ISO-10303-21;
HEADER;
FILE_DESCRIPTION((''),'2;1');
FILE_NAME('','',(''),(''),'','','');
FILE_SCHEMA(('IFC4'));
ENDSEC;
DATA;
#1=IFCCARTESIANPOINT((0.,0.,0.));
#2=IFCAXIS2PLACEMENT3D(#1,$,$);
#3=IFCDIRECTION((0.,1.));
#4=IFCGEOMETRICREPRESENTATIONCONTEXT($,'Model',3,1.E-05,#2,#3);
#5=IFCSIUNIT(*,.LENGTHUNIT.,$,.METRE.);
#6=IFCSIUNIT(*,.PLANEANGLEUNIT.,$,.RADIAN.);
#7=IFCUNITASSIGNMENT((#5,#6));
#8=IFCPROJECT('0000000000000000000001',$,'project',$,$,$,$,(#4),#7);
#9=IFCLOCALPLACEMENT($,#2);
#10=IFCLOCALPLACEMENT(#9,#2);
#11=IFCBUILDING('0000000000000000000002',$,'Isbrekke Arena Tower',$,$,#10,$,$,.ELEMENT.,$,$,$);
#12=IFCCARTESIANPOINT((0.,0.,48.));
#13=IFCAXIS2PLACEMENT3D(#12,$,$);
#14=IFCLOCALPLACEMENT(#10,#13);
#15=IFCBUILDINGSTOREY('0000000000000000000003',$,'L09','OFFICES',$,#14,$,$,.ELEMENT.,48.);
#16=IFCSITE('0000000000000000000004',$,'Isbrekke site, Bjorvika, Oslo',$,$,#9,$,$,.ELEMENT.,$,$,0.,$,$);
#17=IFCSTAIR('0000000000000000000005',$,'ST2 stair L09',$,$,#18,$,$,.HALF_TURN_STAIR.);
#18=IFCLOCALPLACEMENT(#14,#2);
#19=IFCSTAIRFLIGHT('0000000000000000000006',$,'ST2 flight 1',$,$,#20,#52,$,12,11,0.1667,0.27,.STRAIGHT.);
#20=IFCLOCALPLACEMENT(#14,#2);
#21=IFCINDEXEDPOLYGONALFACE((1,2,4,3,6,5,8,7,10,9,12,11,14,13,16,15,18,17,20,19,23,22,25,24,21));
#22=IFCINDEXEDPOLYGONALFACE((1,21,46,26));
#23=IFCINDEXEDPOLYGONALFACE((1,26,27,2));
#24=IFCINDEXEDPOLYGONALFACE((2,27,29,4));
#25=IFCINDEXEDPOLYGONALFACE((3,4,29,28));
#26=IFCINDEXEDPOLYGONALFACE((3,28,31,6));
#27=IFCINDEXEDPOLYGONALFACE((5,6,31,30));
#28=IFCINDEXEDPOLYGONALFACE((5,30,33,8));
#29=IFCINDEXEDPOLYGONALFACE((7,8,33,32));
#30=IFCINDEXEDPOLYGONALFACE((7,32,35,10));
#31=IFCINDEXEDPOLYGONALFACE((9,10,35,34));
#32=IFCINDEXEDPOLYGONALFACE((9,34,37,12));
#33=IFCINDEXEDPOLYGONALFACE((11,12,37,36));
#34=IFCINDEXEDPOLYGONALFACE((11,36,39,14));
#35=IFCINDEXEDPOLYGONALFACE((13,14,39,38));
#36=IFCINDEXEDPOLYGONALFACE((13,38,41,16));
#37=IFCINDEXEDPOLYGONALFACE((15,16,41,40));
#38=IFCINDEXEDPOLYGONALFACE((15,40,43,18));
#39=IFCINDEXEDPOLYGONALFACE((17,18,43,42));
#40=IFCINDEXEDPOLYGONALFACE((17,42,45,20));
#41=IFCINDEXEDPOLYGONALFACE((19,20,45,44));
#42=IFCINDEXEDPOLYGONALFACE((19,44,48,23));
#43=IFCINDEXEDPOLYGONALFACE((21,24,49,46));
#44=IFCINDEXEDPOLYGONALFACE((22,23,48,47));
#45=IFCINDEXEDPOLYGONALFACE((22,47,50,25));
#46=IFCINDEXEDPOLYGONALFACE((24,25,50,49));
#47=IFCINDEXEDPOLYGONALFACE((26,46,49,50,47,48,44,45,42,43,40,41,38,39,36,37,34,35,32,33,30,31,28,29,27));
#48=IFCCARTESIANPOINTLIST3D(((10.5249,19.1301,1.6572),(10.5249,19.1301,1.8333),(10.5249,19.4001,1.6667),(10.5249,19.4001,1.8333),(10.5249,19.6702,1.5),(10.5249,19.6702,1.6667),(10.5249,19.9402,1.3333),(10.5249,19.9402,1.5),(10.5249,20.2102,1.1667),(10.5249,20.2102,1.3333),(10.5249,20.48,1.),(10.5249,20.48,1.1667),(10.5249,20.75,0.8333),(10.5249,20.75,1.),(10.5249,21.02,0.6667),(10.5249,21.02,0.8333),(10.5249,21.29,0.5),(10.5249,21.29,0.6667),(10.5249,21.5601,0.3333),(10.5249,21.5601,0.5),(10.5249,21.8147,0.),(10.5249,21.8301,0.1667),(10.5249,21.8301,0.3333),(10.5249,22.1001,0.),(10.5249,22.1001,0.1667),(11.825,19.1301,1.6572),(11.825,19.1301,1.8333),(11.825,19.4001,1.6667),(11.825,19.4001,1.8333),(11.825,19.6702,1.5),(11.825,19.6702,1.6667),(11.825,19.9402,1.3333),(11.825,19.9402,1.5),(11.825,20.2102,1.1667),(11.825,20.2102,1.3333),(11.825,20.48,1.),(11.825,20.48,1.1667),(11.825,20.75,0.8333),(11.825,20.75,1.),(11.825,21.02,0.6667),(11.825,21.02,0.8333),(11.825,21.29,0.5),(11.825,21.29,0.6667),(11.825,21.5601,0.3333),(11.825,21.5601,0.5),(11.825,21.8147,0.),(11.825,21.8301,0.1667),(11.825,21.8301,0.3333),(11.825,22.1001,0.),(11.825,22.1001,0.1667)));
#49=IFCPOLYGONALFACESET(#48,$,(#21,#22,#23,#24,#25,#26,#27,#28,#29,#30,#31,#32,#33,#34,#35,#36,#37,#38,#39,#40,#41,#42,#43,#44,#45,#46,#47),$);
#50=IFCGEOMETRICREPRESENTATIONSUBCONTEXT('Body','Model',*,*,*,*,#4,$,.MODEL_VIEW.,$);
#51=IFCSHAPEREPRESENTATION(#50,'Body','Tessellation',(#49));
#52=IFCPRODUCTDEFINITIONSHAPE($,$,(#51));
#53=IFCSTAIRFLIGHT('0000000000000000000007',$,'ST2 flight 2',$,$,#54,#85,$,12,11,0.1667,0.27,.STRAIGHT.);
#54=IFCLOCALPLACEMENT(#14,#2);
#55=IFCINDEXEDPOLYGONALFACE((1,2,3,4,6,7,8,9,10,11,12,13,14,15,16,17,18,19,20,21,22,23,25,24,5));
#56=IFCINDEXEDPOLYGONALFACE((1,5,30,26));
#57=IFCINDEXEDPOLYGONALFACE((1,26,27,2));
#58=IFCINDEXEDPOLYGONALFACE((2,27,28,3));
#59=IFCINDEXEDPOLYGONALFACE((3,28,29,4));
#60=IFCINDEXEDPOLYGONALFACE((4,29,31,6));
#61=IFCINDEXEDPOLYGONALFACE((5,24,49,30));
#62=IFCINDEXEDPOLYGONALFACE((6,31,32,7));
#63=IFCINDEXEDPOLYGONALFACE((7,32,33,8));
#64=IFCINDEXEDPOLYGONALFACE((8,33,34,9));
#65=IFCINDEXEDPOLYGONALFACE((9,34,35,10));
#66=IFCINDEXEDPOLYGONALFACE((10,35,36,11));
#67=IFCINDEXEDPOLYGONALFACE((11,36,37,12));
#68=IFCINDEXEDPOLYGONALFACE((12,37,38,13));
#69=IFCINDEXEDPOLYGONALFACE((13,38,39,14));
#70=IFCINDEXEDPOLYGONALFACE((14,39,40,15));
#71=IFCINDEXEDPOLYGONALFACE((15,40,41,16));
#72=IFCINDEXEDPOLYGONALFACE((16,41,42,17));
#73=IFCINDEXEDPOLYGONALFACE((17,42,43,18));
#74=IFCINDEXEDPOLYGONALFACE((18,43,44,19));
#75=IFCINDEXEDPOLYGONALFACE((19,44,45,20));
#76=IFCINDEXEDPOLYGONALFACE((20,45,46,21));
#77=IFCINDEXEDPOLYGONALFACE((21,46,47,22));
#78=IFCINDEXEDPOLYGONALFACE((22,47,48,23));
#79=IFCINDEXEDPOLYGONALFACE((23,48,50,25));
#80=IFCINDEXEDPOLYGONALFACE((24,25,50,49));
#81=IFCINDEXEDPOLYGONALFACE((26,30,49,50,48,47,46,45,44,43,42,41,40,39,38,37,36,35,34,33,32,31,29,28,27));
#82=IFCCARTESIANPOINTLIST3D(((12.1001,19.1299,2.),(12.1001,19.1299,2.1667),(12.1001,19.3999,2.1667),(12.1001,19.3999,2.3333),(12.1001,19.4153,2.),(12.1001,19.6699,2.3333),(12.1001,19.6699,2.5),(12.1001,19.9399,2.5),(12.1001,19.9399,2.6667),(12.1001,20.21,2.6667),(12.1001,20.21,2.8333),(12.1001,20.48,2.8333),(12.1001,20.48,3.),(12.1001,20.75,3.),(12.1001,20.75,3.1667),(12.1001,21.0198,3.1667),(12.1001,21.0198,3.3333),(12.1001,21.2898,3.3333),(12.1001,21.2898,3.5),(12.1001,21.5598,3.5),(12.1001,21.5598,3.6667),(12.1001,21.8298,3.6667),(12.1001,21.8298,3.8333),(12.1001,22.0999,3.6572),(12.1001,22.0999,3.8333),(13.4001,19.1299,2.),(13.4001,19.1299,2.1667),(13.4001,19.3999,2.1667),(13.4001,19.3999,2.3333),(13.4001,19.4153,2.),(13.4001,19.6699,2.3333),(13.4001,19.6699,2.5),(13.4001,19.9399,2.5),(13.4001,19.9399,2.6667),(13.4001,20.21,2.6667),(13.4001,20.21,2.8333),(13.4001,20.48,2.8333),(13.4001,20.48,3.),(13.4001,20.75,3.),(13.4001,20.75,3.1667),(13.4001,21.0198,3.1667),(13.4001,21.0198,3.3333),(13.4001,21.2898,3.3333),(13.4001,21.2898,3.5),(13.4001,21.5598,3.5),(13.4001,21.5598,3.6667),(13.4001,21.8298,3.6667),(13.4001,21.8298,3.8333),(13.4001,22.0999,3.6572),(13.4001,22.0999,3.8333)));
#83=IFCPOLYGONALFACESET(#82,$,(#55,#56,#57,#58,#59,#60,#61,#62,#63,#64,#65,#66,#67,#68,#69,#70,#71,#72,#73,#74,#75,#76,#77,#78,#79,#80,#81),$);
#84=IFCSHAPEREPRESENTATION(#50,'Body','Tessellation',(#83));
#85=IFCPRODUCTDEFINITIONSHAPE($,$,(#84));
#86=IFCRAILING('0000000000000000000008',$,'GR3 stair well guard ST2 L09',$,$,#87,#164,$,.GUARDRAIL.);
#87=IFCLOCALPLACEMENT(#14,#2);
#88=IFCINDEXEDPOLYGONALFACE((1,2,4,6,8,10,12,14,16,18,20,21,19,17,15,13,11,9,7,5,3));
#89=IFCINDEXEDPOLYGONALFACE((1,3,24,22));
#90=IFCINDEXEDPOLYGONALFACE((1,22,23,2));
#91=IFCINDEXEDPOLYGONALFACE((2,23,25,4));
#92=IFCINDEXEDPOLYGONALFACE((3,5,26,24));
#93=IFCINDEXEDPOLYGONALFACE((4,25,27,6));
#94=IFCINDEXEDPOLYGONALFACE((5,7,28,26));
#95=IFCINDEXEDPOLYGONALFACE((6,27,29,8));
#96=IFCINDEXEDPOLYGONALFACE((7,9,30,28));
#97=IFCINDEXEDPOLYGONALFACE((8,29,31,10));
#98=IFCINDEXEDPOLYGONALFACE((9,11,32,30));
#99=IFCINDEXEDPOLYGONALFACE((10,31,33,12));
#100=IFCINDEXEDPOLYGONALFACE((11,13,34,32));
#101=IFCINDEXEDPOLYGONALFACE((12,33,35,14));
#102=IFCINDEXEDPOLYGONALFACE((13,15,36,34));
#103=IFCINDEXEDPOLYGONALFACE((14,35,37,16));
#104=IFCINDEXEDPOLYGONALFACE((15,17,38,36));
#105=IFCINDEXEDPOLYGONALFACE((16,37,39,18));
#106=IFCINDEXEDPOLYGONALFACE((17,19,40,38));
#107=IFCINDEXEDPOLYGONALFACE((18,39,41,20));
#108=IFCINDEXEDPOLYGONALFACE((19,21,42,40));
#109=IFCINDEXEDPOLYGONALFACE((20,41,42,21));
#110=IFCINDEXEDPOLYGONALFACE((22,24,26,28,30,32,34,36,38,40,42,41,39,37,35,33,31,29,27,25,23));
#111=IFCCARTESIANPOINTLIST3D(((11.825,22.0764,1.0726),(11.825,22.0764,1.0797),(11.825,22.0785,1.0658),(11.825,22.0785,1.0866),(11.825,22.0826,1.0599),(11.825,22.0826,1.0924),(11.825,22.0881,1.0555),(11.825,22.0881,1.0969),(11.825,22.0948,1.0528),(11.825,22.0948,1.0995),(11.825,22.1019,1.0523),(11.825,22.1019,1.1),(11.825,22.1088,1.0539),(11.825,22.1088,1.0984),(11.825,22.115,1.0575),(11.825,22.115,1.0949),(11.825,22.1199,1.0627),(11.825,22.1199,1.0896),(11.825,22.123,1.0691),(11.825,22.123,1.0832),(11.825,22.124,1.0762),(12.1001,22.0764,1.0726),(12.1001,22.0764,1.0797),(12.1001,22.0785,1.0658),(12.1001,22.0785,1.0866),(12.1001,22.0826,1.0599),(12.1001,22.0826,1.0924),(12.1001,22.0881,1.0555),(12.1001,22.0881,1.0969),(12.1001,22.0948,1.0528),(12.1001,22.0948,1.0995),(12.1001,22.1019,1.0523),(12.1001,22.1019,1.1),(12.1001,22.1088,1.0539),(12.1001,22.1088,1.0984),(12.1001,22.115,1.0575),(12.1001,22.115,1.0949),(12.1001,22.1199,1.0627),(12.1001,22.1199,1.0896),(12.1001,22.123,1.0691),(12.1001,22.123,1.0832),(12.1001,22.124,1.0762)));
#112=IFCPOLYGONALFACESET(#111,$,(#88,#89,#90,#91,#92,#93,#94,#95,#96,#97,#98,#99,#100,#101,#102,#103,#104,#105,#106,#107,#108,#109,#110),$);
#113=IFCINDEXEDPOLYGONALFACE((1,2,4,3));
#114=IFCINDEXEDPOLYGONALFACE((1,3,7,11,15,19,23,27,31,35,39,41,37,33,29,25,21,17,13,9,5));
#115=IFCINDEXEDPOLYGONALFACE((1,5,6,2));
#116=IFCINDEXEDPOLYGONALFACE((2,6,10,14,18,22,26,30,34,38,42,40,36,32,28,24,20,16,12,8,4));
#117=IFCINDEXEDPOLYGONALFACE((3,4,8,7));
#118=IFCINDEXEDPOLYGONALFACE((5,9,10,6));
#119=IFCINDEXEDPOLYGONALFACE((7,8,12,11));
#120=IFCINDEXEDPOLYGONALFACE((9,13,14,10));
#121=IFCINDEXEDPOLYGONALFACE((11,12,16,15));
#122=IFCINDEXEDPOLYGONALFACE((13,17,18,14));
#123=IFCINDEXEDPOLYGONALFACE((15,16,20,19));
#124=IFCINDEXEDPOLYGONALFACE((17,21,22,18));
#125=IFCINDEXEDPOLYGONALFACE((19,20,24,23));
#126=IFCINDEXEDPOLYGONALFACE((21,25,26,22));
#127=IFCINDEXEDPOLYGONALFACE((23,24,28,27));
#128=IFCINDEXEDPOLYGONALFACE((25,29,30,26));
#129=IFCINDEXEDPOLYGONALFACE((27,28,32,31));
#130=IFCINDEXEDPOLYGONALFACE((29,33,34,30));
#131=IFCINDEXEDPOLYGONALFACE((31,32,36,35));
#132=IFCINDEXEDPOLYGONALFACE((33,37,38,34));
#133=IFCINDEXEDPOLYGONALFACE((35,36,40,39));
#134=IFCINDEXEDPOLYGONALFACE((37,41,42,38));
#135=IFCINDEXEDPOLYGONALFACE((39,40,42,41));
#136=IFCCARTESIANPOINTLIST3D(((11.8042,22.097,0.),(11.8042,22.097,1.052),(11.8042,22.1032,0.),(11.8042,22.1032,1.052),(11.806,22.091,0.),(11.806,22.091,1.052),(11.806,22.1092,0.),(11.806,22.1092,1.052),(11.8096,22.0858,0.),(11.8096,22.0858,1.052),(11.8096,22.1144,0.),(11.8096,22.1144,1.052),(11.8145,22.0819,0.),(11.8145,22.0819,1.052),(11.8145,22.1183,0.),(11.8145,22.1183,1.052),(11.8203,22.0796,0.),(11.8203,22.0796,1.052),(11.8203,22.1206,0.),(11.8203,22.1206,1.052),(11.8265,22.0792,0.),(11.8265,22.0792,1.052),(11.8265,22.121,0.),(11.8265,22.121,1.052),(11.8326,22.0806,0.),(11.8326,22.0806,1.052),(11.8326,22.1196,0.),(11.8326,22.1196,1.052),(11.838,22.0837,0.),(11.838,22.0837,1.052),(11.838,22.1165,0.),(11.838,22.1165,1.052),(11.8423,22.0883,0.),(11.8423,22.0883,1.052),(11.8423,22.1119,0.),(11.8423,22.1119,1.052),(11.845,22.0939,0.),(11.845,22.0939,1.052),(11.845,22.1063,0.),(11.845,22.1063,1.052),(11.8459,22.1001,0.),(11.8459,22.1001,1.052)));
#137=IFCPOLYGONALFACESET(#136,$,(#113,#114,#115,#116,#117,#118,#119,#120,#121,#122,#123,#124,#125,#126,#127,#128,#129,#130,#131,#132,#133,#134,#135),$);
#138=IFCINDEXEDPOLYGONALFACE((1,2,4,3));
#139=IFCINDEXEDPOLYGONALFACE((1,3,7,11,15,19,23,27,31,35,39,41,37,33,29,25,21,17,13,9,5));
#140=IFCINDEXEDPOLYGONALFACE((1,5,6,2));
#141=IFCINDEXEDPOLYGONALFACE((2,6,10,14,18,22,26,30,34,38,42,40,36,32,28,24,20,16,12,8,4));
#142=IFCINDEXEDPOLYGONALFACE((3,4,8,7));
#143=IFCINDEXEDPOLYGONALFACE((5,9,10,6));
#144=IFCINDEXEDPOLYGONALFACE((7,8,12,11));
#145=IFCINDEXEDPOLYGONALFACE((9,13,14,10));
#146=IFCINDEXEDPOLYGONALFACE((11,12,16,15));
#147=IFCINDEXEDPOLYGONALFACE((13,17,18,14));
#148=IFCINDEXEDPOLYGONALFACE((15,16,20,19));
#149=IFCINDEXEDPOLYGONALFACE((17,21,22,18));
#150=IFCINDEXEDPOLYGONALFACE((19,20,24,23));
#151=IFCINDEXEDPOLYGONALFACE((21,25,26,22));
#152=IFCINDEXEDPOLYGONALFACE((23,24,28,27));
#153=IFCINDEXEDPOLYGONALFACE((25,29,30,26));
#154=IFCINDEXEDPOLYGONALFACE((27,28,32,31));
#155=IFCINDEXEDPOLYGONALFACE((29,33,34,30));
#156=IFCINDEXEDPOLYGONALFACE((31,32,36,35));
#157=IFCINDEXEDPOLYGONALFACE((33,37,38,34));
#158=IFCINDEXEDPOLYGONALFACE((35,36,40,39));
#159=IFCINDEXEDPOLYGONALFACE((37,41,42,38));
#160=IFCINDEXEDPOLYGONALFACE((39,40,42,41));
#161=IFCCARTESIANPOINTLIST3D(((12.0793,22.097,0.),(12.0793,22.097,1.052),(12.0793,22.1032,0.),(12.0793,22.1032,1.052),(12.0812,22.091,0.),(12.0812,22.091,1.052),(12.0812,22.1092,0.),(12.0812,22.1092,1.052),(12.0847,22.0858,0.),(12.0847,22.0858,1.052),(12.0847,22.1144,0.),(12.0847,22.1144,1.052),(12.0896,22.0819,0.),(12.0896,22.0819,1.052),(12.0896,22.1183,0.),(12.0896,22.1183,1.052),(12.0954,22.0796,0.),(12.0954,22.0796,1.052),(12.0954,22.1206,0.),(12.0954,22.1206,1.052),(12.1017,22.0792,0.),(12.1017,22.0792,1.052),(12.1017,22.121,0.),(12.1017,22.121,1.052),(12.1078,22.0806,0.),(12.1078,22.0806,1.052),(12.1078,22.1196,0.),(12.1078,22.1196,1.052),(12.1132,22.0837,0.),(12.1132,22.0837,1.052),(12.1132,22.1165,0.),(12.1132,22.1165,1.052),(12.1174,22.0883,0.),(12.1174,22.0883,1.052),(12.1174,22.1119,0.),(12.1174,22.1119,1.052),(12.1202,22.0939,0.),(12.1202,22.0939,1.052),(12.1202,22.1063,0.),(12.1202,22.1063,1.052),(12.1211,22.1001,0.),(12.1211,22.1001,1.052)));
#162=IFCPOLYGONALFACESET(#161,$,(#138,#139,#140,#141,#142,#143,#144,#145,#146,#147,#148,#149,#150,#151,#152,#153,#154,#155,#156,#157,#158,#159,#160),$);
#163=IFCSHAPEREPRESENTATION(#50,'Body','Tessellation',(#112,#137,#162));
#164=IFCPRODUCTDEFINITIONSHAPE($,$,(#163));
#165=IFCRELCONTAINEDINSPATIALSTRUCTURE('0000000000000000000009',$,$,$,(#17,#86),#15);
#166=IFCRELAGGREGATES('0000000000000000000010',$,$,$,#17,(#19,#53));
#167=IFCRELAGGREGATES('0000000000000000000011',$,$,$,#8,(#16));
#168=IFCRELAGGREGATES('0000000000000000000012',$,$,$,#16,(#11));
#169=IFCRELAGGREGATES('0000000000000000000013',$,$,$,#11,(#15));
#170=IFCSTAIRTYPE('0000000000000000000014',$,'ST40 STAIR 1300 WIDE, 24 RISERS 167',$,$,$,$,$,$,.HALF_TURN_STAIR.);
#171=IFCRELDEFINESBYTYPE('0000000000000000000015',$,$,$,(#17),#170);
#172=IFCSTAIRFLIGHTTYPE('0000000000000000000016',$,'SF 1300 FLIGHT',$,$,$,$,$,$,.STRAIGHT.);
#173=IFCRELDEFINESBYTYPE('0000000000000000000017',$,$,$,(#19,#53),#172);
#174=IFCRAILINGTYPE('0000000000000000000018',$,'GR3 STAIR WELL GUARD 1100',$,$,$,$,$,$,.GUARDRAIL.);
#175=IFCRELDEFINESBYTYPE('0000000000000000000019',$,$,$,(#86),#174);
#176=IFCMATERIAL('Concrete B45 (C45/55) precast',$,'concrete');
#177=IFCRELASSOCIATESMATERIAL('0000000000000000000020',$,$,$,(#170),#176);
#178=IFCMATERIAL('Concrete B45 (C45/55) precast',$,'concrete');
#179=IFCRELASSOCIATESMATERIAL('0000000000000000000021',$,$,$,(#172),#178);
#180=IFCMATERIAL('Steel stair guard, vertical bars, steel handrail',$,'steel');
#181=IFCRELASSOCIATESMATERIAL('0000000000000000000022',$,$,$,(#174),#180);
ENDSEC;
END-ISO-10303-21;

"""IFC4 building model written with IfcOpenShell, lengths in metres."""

from ifc_helpers import new_model, si_unit, direction, frame, origin, origin_2d, place, context, subcontext, project, spatial, polyline, circle, outline, extrude, material, type_object, element, aggregate, save


model = new_model("IFC4")

# Units and contexts
model_context = context("Model", 3, precision=1e-05, world=origin(), true_north=direction((0.0, 1.0)))
body_context = subcontext(model_context, "Body", "Model", "MODEL_VIEW")
ifc_project = project(units=[si_unit("LENGTHUNIT", "METRE"), si_unit("PLANEANGLEUNIT", "RADIAN")], contexts=[model_context])

# Site, building, storey
site_placement = place(None, origin())
site = spatial("IfcSite", under=ifc_project, at=site_placement, Name="Isbrekke site, Bjorvika, Oslo", CompositionType="ELEMENT", RefElevation=0.0)
building_placement = place(site_placement, origin())
building = spatial("IfcBuilding", under=site, at=building_placement, Name="Isbrekke Arena Tower", CompositionType="ELEMENT")
storey_placement = place(building_placement, frame((0.0, 0.0, 48.0)))
storey = spatial("IfcBuildingStorey", under=building, at=storey_placement, Name="L09", Description="OFFICES", CompositionType="ELEMENT", Elevation=48.0)

# Stair, stair flights
ifc_material_1 = material(Name="Concrete B45 (C45/55) precast", Category="concrete")
stair_type = type_object("IfcStairType", Name="ST40 STAIR 1300 WIDE, 24 RISERS 167", PredefinedType="HALF_TURN_STAIR", material=ifc_material_1)
stair_placement = place(storey_placement, origin())
stair = element("IfcStair", 1, at=stair_placement, inside=storey, type_object=stair_type, Name="ST2 stair L09", PredefinedType="HALF_TURN_STAIR")
ifc_material_2 = material(Name="Concrete B45 (C45/55) precast", Category="concrete")
stair_flight_type = type_object("IfcStairFlightType", Name="SF 1300 FLIGHT", PredefinedType="STRAIGHT", material=ifc_material_2)
stair_flight_1_placement = place(storey_placement, frame((11.175, 22.1001, 0.0), z_axis=(0.0, 0.0, 1.0), x_axis=(0.0, -1.0, 0.0)))
stair_flight_1 = element("IfcStairFlight", 2, at=stair_flight_1_placement, type_object=stair_flight_type, Name="ST2 flight 1", NumberOfRisers=12, NumberOfTreads=11, PredefinedType="STRAIGHT", RiserHeight=0.1667, TreadLength=0.27, context=body_context, shape_type="SweptSolid", body=[
    extrude(outline(polyline([(0.0, 0.0), (0.0, 0.1667), (0.27, 0.1667), (0.27, 0.3333), (0.54, 0.3333), (0.54, 0.5), (0.8101, 0.5), (0.8101, 0.6667), (1.0801, 0.6667), (1.0801, 0.8333), (1.3501, 0.8333), (1.3501, 1.0), (1.6201, 1.0), (1.6201, 1.1667), (1.8899, 1.1667), (1.8899, 1.3333), (2.1599, 1.3333), (2.1599, 1.5), (2.4299, 1.5), (2.4299, 1.6667), (2.7, 1.6667), (2.7, 1.8333), (2.97, 1.8333), (2.97, 2.0), (2.97, 1.6572), (0.2854, 0.0), (0.0, 0.0)])), frame((0.0, 0.6499, 0.0), z_axis=(0.0, -1.0, 0.0), x_axis=(1.0, 0.0, 0.0)), (0.0, 0.0, 1.0), 1.3),
])
stair_flight_2_placement = place(storey_placement, frame((12.75, 19.1299, 2.0), z_axis=(0.0, 0.0, 1.0), x_axis=(0.0, 1.0, 0.0)))
stair_flight_2 = element("IfcStairFlight", 3, at=stair_flight_2_placement, type_object=stair_flight_type, Name="ST2 flight 2", NumberOfRisers=12, NumberOfTreads=11, PredefinedType="STRAIGHT", RiserHeight=0.1667, TreadLength=0.27, context=body_context, shape_type="SweptSolid", body=[
    extrude(outline(polyline([(0.0, 0.0), (0.0, 0.1667), (0.27, 0.1667), (0.27, 0.3333), (0.54, 0.3333), (0.54, 0.5), (0.8101, 0.5), (0.8101, 0.6667), (1.0801, 0.6667), (1.0801, 0.8333), (1.3501, 0.8333), (1.3501, 1.0), (1.6201, 1.0), (1.6201, 1.1667), (1.8899, 1.1667), (1.8899, 1.3333), (2.1599, 1.3333), (2.1599, 1.5), (2.4299, 1.5), (2.4299, 1.6667), (2.7, 1.6667), (2.7, 1.8333), (2.97, 1.8333), (2.97, 2.0), (2.97, 1.6572), (0.2854, 0.0), (0.0, 0.0)])), frame((0.0, 0.6499, 0.0), z_axis=(0.0, -1.0, 0.0), x_axis=(1.0, 0.0, 0.0)), (0.0, 0.0, 1.0), 1.3),
])
aggregate(stair, [stair_flight_1, stair_flight_2])

# Railing
ifc_material_3 = material(Name="Steel stair guard, vertical bars, steel handrail", Category="steel")
railing_type = type_object("IfcRailingType", Name="GR3 STAIR WELL GUARD 1100", PredefinedType="GUARDRAIL", material=ifc_material_3)
railing_placement = place(storey_placement, frame((11.825, 22.1001, 0.0)))
element("IfcRailing", 4, at=railing_placement, inside=storey, type_object=railing_type, Name="GR3 stair well guard ST2 L09", PredefinedType="GUARDRAIL", context=body_context, shape_type="SweptSolid", body=[
    extrude(circle(Radius=0.0239, at=origin_2d()), frame((0.0, 0.0, 1.0762), z_axis=(1.0, 0.0, 0.0), x_axis=(0.0, 1.0, 0.0)), (0.0, 0.0, 1.0), 0.2751),
    extrude(circle(Radius=0.021, at=origin_2d()), origin(), (0.0, 0.0, 1.0), 1.052),
    extrude(circle(Radius=0.021, at=origin_2d()), frame((0.2751, 0.0, 0.0)), (0.0, 0.0, 1.0), 1.052),
])

save(model, "model.ifc")
